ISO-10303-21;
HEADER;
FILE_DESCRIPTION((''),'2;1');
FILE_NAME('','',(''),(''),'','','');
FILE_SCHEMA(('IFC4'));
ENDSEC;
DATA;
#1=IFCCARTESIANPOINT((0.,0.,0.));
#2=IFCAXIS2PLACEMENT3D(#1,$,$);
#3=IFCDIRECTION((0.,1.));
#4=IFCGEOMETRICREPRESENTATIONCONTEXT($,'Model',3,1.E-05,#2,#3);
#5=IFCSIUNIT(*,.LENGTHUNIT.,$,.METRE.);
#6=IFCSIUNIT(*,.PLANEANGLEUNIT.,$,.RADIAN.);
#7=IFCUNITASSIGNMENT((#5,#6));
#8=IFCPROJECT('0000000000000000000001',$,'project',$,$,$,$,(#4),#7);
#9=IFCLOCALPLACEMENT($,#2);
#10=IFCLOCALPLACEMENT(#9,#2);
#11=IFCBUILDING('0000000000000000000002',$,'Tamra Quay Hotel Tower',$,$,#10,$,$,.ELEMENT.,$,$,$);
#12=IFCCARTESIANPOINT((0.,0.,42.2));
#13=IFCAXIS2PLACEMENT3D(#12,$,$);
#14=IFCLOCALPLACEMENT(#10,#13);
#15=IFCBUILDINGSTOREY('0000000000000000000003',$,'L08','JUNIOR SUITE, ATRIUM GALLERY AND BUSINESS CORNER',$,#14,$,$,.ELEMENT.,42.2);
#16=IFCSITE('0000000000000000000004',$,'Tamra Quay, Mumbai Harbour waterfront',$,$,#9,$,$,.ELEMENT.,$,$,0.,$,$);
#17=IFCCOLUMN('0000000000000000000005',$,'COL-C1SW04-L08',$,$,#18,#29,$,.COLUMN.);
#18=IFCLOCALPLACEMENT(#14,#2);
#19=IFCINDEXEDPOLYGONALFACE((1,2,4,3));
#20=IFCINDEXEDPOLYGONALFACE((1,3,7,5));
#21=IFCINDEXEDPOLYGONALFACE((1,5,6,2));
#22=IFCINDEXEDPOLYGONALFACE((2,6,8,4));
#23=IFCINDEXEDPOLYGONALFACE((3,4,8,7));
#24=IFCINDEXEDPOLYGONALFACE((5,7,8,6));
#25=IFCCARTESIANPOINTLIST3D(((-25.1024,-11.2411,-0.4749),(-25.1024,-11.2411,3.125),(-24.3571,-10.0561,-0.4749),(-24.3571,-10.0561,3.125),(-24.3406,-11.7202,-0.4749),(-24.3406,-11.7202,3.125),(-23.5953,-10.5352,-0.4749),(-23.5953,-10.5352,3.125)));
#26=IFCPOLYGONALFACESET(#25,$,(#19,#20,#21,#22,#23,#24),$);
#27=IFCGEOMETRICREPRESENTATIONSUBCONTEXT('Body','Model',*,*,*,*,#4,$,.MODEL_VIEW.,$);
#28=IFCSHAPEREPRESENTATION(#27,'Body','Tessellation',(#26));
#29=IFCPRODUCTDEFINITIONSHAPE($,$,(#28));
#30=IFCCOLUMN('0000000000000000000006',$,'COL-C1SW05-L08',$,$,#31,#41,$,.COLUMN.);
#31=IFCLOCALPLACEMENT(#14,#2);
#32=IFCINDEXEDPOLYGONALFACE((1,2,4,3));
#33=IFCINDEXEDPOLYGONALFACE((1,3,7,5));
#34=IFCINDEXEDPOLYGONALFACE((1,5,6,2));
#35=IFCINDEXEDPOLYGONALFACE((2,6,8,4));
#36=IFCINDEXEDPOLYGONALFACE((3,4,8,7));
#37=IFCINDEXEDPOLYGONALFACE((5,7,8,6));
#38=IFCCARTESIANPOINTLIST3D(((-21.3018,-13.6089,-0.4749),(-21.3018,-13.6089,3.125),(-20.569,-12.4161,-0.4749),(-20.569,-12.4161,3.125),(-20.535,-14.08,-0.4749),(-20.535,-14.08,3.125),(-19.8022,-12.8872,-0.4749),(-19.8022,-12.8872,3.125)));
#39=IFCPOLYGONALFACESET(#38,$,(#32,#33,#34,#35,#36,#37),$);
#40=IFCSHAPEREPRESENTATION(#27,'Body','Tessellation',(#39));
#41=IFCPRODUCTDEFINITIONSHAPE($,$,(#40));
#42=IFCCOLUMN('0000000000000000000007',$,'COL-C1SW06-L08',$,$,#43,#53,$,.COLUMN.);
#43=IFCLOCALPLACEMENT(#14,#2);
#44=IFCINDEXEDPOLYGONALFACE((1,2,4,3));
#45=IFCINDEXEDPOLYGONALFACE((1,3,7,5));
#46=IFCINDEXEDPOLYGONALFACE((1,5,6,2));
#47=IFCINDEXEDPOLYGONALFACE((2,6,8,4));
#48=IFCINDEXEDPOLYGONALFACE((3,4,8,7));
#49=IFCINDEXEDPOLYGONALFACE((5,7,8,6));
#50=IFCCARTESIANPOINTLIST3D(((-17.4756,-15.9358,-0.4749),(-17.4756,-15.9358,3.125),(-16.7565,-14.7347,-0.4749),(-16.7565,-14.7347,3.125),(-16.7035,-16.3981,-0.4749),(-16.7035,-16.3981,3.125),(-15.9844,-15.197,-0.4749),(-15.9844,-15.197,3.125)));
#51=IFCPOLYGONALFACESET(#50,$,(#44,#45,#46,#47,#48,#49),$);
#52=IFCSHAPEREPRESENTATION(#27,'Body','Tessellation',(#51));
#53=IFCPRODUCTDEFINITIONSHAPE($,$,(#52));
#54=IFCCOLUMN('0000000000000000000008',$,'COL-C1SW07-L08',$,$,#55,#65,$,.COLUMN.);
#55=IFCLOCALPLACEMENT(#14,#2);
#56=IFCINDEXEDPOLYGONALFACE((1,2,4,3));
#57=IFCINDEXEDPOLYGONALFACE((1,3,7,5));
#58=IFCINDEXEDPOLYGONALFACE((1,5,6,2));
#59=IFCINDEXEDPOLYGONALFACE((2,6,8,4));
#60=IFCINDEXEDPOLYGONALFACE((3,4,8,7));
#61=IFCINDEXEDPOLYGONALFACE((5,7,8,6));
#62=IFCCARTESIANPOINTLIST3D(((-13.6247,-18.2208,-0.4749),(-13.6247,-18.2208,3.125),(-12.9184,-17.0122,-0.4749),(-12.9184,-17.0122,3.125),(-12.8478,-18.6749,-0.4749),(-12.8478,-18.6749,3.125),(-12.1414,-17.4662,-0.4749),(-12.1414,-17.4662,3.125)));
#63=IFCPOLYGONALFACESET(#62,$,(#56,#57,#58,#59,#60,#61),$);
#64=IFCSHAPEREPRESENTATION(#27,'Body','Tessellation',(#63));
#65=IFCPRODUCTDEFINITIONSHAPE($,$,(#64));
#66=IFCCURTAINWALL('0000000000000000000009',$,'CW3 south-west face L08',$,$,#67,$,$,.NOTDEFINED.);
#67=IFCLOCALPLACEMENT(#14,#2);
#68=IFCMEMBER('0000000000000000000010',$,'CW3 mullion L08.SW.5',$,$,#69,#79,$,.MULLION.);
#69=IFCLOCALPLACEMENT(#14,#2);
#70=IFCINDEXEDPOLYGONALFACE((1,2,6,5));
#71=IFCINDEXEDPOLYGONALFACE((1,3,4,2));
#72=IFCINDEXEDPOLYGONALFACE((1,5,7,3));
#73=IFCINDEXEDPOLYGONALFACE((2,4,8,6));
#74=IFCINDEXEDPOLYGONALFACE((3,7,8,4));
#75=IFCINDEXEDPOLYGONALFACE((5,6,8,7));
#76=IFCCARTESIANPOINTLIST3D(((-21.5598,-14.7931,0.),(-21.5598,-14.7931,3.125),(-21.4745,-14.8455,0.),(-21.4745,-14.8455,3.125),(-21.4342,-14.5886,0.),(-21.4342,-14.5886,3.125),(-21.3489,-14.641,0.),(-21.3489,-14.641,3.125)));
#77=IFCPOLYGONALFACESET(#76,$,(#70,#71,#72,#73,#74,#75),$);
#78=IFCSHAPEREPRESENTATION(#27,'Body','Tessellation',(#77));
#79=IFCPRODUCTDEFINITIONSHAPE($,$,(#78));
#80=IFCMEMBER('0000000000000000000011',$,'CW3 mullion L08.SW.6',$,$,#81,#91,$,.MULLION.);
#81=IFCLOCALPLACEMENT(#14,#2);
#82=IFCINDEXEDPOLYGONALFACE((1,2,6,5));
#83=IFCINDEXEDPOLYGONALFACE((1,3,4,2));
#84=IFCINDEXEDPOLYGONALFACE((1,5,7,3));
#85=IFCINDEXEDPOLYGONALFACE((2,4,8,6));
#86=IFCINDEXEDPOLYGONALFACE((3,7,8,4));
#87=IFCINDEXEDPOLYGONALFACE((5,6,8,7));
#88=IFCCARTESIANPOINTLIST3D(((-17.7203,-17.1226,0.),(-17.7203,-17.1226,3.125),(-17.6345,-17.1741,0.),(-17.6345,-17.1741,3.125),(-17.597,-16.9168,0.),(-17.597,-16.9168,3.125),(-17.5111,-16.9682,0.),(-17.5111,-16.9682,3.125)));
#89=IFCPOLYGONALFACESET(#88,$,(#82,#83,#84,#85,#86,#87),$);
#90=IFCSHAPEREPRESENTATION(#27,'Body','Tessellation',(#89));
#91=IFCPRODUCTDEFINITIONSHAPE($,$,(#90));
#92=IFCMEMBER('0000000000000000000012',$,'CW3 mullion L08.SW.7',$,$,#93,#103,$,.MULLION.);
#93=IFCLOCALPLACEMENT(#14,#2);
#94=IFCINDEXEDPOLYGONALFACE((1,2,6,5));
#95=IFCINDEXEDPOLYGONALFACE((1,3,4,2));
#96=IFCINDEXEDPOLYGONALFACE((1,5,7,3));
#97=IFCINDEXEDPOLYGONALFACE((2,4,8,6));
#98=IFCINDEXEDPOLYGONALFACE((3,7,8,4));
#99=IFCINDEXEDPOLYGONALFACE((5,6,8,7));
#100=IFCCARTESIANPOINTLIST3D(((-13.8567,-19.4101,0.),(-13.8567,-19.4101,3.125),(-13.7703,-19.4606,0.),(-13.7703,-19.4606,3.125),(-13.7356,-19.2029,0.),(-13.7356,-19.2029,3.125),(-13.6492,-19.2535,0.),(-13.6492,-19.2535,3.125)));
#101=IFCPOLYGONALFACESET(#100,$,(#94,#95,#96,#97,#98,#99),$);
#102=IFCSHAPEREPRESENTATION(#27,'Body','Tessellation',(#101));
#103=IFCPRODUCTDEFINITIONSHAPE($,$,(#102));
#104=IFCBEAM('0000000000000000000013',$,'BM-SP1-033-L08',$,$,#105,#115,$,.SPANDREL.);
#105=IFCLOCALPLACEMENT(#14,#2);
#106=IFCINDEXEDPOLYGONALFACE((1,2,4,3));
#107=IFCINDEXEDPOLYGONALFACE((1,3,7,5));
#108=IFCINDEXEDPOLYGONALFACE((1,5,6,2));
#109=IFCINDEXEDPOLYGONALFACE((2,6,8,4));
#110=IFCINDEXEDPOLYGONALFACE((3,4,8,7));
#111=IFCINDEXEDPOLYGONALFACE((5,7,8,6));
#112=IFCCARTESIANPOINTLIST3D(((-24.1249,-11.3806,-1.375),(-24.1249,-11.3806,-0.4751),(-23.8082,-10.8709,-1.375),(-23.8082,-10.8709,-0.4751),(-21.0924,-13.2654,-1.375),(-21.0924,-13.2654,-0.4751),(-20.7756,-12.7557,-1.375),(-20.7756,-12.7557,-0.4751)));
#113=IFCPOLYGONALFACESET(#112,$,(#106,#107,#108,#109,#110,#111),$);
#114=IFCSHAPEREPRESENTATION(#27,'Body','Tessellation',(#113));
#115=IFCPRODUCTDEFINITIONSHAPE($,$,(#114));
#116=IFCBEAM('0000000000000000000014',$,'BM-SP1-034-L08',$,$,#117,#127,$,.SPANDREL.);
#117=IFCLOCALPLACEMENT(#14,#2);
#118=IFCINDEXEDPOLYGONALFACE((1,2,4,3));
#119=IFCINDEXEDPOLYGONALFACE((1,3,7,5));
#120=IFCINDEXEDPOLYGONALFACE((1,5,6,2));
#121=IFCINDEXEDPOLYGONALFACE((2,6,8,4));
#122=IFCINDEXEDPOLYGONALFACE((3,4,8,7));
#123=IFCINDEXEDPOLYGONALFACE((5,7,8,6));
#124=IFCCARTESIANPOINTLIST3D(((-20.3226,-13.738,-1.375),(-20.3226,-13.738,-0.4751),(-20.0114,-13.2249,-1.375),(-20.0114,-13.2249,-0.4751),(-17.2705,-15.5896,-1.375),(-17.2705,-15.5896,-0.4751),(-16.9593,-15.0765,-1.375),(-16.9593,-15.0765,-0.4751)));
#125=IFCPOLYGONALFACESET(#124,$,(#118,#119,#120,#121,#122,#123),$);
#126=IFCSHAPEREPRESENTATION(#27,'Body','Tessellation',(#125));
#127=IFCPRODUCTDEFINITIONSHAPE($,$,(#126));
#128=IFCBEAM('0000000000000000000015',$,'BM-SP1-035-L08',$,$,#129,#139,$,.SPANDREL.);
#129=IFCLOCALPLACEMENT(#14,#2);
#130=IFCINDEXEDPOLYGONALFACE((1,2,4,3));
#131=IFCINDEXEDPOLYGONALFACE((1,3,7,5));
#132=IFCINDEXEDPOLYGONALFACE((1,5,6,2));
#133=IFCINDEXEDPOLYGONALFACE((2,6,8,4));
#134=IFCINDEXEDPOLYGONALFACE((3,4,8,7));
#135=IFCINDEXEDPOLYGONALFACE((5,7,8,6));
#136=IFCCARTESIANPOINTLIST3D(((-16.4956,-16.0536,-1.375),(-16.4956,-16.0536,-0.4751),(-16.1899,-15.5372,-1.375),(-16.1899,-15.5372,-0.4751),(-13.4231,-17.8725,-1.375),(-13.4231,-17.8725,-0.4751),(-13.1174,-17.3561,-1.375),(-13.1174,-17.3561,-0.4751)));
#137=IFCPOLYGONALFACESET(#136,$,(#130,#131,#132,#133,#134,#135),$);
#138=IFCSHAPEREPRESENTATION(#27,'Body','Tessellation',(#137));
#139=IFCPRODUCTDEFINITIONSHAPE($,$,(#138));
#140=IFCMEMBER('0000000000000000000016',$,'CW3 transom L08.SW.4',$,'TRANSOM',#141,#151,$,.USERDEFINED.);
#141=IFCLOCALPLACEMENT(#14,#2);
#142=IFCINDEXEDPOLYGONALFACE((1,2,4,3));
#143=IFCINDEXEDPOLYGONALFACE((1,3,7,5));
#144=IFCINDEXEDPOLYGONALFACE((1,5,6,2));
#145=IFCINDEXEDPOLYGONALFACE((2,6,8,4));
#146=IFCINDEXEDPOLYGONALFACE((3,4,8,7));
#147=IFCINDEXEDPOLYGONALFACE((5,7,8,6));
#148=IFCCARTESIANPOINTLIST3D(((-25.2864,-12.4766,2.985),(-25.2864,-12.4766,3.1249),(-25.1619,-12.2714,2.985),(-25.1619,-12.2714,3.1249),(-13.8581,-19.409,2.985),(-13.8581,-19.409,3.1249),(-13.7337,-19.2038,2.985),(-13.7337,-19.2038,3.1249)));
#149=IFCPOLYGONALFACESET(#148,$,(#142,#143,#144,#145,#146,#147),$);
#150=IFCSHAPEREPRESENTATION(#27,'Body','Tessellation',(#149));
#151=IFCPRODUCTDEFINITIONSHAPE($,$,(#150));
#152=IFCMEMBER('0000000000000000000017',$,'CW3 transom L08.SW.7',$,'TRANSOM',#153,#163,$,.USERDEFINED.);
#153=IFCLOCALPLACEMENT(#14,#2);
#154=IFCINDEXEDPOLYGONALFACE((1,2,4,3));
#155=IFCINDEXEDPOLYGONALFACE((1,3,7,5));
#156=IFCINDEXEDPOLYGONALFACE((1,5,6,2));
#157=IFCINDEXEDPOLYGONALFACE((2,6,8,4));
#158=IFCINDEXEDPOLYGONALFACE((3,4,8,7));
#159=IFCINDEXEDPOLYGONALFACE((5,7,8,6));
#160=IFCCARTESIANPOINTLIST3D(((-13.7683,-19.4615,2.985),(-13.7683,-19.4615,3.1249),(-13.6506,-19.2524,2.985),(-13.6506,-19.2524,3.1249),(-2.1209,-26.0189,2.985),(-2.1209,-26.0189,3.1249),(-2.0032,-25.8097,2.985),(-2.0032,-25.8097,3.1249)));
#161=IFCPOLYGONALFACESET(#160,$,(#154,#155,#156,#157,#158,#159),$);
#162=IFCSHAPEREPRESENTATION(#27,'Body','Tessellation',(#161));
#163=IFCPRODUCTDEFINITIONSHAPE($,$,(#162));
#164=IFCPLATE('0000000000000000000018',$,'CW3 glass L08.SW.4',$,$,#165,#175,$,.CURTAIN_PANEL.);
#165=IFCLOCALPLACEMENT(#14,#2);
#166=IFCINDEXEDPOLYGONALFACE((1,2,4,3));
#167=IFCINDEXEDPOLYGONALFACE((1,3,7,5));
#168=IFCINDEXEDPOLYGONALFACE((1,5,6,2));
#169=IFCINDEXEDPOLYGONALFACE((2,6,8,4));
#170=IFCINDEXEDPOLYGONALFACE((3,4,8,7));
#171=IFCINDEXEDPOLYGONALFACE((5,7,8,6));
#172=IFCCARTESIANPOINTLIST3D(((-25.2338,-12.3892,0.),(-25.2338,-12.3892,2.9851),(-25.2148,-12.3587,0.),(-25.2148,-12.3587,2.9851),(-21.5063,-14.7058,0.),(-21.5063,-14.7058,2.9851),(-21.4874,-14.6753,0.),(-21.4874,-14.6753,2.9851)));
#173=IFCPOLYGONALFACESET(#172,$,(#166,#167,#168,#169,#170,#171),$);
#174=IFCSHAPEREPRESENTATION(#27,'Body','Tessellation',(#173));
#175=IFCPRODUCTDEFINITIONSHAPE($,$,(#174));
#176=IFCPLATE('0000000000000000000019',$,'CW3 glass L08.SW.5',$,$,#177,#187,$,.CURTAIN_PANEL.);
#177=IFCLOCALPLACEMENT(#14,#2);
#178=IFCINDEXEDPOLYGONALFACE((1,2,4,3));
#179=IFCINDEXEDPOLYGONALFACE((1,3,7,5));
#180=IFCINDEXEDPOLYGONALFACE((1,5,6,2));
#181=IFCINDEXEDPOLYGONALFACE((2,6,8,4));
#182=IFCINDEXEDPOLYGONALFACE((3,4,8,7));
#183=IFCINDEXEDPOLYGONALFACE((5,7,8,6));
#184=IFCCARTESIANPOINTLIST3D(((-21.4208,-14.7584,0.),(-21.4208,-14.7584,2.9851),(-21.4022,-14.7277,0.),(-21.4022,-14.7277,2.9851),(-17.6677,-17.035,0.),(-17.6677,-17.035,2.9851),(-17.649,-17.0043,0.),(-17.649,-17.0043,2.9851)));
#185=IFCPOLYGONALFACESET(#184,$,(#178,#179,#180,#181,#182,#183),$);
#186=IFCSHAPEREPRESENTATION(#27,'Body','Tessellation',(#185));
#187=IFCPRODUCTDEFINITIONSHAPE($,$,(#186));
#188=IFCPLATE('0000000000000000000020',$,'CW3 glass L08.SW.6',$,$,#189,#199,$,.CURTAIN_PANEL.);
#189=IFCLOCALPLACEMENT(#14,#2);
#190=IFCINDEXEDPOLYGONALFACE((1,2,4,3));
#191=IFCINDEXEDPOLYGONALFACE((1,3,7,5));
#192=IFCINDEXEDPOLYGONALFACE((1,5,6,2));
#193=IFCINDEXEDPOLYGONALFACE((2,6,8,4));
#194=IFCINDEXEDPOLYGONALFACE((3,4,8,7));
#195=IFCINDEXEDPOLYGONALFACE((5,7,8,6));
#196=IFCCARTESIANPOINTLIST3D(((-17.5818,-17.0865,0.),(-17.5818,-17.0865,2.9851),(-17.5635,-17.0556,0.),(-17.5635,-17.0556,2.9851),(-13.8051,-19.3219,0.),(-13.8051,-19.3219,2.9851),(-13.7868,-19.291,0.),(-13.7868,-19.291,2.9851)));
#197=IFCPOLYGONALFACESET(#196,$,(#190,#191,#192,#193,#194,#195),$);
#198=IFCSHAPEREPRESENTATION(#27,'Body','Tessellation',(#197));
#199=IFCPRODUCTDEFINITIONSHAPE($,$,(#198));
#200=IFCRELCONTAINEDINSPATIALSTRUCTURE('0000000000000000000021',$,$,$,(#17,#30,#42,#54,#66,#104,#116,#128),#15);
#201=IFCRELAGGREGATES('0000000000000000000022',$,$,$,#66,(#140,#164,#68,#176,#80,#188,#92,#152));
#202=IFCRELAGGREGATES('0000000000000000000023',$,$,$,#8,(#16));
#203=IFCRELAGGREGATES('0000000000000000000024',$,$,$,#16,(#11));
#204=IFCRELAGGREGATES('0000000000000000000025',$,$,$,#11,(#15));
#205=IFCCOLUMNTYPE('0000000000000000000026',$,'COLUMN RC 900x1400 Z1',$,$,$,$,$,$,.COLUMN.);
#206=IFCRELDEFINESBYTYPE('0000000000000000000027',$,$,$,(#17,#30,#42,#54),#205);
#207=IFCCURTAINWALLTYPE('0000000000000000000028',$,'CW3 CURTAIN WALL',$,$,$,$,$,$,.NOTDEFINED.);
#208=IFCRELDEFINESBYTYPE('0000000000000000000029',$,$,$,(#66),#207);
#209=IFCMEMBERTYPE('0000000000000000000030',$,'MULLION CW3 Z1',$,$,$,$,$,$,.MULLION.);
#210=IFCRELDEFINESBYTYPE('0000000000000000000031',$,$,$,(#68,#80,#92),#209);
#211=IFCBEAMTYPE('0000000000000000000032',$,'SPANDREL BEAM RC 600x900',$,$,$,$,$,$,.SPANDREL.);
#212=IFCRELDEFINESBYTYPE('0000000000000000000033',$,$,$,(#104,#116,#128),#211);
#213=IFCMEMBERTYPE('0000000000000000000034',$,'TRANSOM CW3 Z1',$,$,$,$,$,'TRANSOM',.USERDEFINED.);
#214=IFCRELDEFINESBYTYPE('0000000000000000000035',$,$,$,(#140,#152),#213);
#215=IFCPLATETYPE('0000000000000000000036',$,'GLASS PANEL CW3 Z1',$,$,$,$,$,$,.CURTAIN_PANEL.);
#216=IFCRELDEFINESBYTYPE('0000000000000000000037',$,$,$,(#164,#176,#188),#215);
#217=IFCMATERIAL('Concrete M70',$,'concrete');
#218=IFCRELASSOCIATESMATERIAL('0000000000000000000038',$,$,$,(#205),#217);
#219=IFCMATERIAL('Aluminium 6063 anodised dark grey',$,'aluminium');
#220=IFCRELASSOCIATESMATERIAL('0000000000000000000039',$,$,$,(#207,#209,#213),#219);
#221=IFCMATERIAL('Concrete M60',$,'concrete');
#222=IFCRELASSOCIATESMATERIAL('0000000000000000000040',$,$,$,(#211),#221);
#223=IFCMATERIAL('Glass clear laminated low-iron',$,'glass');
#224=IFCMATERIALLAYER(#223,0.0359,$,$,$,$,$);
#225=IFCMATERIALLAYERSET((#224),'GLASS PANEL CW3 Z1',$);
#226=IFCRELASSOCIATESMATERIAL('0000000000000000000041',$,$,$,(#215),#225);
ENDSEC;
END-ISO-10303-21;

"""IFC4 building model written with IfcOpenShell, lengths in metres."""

from ifc_helpers import new_model, si_unit, direction, frame, origin, origin_2d, place, context, subcontext, project, spatial, rectangle, extrude, material, layer, layer_set, material_profile, profile_set, type_object, element, aggregate, save


model = new_model("IFC4")

# Units and contexts
model_context = context("Model", 3, precision=1e-05, world=origin(), true_north=direction((0.0, 1.0)))
body_context = subcontext(model_context, "Body", "Model", "MODEL_VIEW")
ifc_project = project(units=[si_unit("LENGTHUNIT", "METRE"), si_unit("PLANEANGLEUNIT", "RADIAN")], contexts=[model_context])

# Site, building, storey
site_placement = place(None, origin())
site = spatial("IfcSite", under=ifc_project, at=site_placement, Name="Tamra Quay, Mumbai Harbour waterfront", CompositionType="ELEMENT", RefElevation=0.0)
building_placement = place(site_placement, origin())
building = spatial("IfcBuilding", under=site, at=building_placement, Name="Tamra Quay Hotel Tower", CompositionType="ELEMENT")
storey_placement = place(building_placement, frame((0.0, 0.0, 42.2)))
storey = spatial("IfcBuildingStorey", under=building, at=storey_placement, Name="L08", Description="JUNIOR SUITE, ATRIUM GALLERY AND BUSINESS CORNER", CompositionType="ELEMENT", Elevation=42.2)

# Columns
ifc_material_1 = material(Name="Concrete M70", Category="concrete")
ifc_material_profile_1 = material_profile(ifc_material_1, rectangle(XDim=1.3999, YDim=0.8999, at=origin_2d()), Name="COLUMN RC 900x1400 Z1")
ifc_profile_set_1 = profile_set([ifc_material_profile_1], Name="Concrete M70")
column_type = type_object("IfcColumnType", Name="COLUMN RC 900x1400 Z1", PredefinedType="COLUMN", material=ifc_profile_set_1)
for number, where, z_axis, x_axis, name in (
    (1, (-24.3489, -10.8882, -0.4749), (0.0, 0.0, 1.0), (0.532389, 0.8465, 0.0), "COL-C1SW04-L08"),
    (2, (-20.552, -13.248, -0.4749), (0.0, 0.0, 1.0), (0.52343, 0.852069, 0.0), "COL-C1SW05-L08"),
    (3, (-16.73, -15.5664, -0.4749), (0.0, 0.0, 1.0), (0.513654, 0.857998, 0.0), "COL-C1SW06-L08"),
    (4, (-12.8831, -17.8435, -0.4749), (0.0, 0.0, 1.0), (0.504565, 0.863374, 0.0), "COL-C1SW07-L08"),
):
    element("IfcColumn", number, at=place(storey_placement, frame(where, z_axis=z_axis, x_axis=x_axis)), inside=storey, type_object=column_type, Name=name, PredefinedType="COLUMN", context=body_context, shape_type="SweptSolid", body=[
        extrude(rectangle(XDim=1.3999, YDim=0.8999, at=origin_2d()), origin(), (0.0, 0.0, 1.0), 3.5999),
    ])

# Curtain wall, members
ifc_material_2 = material(Name="Aluminium 6063 anodised dark grey", Category="aluminium")
curtain_wall_type = type_object("IfcCurtainWallType", Name="CW3 CURTAIN WALL", PredefinedType="NOTDEFINED", material=ifc_material_2)
curtain_wall_placement = place(storey_placement, origin())
curtain_wall = element("IfcCurtainWall", 5, at=curtain_wall_placement, inside=storey, type_object=curtain_wall_type, Name="CW3 south-west face L08", PredefinedType="NOTDEFINED")
ifc_material_profile_2 = material_profile(ifc_material_2, rectangle(XDim=0.24, YDim=0.1001, at=origin_2d()), Name="MULLION 100X240")
ifc_profile_set_2 = profile_set([ifc_material_profile_2], Name="Aluminium 6063 anodised dark grey")
member_type_1 = type_object("IfcMemberType", Name="MULLION CW3 Z1", PredefinedType="MULLION", material=ifc_profile_set_2)
member_1_placement = place(storey_placement, frame((-21.4543, -14.717, 0.0), z_axis=(0.0, 0.0, 1.0), x_axis=(-0.523257, -0.852175, 0.0)))
member_1 = element("IfcMember", 6, at=member_1_placement, type_object=member_type_1, Name="CW3 mullion L08.SW.5", PredefinedType="MULLION", context=body_context, shape_type="SweptSolid", body=[
    extrude(rectangle(XDim=0.24, YDim=0.1001, at=origin_2d()), origin(), (0.0, 0.0, 1.0), 3.125),
])
member_2_placement = place(storey_placement, frame((-17.6157, -17.0454, 0.0), z_axis=(0.0, 0.0, 1.0), x_axis=(-0.514005, -0.857787, 0.0)))
member_2 = element("IfcMember", 7, at=member_2_placement, type_object=member_type_1, Name="CW3 mullion L08.SW.6", PredefinedType="MULLION", context=body_context, shape_type="SweptSolid", body=[
    extrude(rectangle(XDim=0.24, YDim=0.1001, at=origin_2d()), origin(), (0.0, 0.0, 1.0), 3.125),
])
member_3_placement = place(storey_placement, frame((-13.7529, -19.3318, 0.0), z_axis=(0.0, 0.0, 1.0), x_axis=(-0.504685, -0.863304, 0.0)))
member_3 = element("IfcMember", 8, at=member_3_placement, type_object=member_type_1, Name="CW3 mullion L08.SW.7", PredefinedType="MULLION", context=body_context, shape_type="SweptSolid", body=[
    extrude(rectangle(XDim=0.24, YDim=0.1001, at=origin_2d()), origin(), (0.0, 0.0, 1.0), 3.125),
])

# Beams
ifc_material_3 = material(Name="Concrete M60", Category="concrete")
ifc_material_profile_3 = material_profile(ifc_material_3, rectangle(XDim=0.6001, YDim=0.8999, at=origin_2d()), Name="SPANDREL BEAM RC 600x900")
ifc_profile_set_3 = profile_set([ifc_material_profile_3], Name="Concrete M60")
beam_type = type_object("IfcBeamType", Name="SPANDREL BEAM RC 600x900", PredefinedType="SPANDREL", material=ifc_profile_set_3)
beam_1_placement = place(storey_placement, frame((-23.9666, -11.1257, -0.925), z_axis=(0.849321, -0.527877, 0.0), x_axis=(0.527877, 0.849321, 0.0)))
element("IfcBeam", 9, at=beam_1_placement, inside=storey, type_object=beam_type, Name="BM-SP1-033-L08", PredefinedType="SPANDREL", context=body_context, shape_type="SweptSolid", body=[
    extrude(rectangle(XDim=0.6001, YDim=0.8999, at=origin_2d()), origin(), (0.0, 0.0, 1.0), 3.5706),
])
beam_2_placement = place(storey_placement, frame((-20.167, -13.4814, -0.925), z_axis=(0.854966, -0.518684, 0.0), x_axis=(0.518684, 0.854966, 0.0)))
element("IfcBeam", 10, at=beam_2_placement, inside=storey, type_object=beam_type, Name="BM-SP1-034-L08", PredefinedType="SPANDREL", context=body_context, shape_type="SweptSolid", body=[
    extrude(rectangle(XDim=0.6001, YDim=0.8999, at=origin_2d()), origin(), (0.0, 0.0, 1.0), 3.5698),
])
beam_3_placement = place(storey_placement, frame((-16.3428, -15.7954, -0.925), z_axis=(0.860525, -0.509409, 0.0), x_axis=(0.509409, 0.860525, 0.0)))
element("IfcBeam", 11, at=beam_3_placement, inside=storey, type_object=beam_type, Name="BM-SP1-035-L08", PredefinedType="SPANDREL", context=body_context, shape_type="SweptSolid", body=[
    extrude(rectangle(XDim=0.6001, YDim=0.8999, at=origin_2d()), origin(), (0.0, 0.0, 1.0), 3.5706),
])

# Members
ifc_material_profile_4 = material_profile(ifc_material_2, rectangle(XDim=0.24, YDim=0.1399, at=origin_2d()), Name="TRANSOM 240X140")
ifc_profile_set_4 = profile_set([ifc_material_profile_4], Name="Aluminium 6063 anodised dark grey")
member_type_2 = type_object("IfcMemberType", Name="TRANSOM CW3 Z1", ElementType="TRANSOM", PredefinedType="USERDEFINED", material=ifc_profile_set_4)
member_4_placement = place(storey_placement, frame((-25.2241, -12.374, 3.0549), z_axis=(0.854993, -0.51864, 0.0), x_axis=(0.51864, 0.854993, 0.0)))
member_4 = element("IfcMember", 12, at=member_4_placement, type_object=member_type_2, Name="CW3 transom L08.SW.4", ObjectType="TRANSOM", PredefinedType="USERDEFINED", context=body_context, shape_type="SweptSolid", body=[
    extrude(rectangle(XDim=0.24, YDim=0.1399, at=origin_2d()), origin(), (0.0, 0.0, 1.0), 13.3665),
])
member_5_placement = place(storey_placement, frame((-13.7095, -19.3569, 3.0549), z_axis=(0.871394, -0.490584, 0.0), x_axis=(0.490584, 0.871394, 0.0)))
member_5 = element("IfcMember", 13, at=member_5_placement, type_object=member_type_2, Name="CW3 transom L08.SW.7", ObjectType="TRANSOM", PredefinedType="USERDEFINED", context=body_context, shape_type="SweptSolid", body=[
    extrude(rectangle(XDim=0.24, YDim=0.1399, at=origin_2d()), origin(), (0.0, 0.0, 1.0), 13.3665),
])

# Plates
ifc_material_4 = material(Name="Glass clear laminated low-iron", Category="glass")
ifc_layer_1 = layer(ifc_material_4, 0.0359)
ifc_layer_set_1 = layer_set([ifc_layer_1], Name="GLASS PANEL CW3 Z1")
plate_type = type_object("IfcPlateType", Name="GLASS PANEL CW3 Z1", PredefinedType="CURTAIN_PANEL", material=ifc_layer_set_1)
plate_1_placement = place(storey_placement, frame((-23.3606, -13.5322, 0.0), z_axis=(0.0, 0.0, 1.0), x_axis=(0.849331, -0.52786, 0.0)))
plate_1 = element("IfcPlate", 14, at=plate_1_placement, type_object=plate_type, Name="CW3 glass L08.SW.4", PredefinedType="CURTAIN_PANEL", context=body_context, shape_type="SweptSolid", body=[
    extrude(rectangle(XDim=4.3887, YDim=0.0359, at=origin_2d()), origin(), (0.0, 0.0, 1.0), 2.9851),
])
plate_2_placement = place(storey_placement, frame((-19.5349, -15.8813, 0.0), z_axis=(0.0, 0.0, 1.0), x_axis=(0.854993, -0.518639, 0.0)))
plate_2 = element("IfcPlate", 15, at=plate_2_placement, type_object=plate_type, Name="CW3 glass L08.SW.5", PredefinedType="CURTAIN_PANEL", context=body_context, shape_type="SweptSolid", body=[
    extrude(rectangle(XDim=4.3896, YDim=0.0359, at=origin_2d()), origin(), (0.0, 0.0, 1.0), 2.9851),
])
plate_3_placement = place(storey_placement, frame((-15.6843, -18.1887, 0.0), z_axis=(0.0, 0.0, 1.0), x_axis=(0.860556, -0.509355, 0.0)))
plate_3 = element("IfcPlate", 16, at=plate_3_placement, type_object=plate_type, Name="CW3 glass L08.SW.6", PredefinedType="CURTAIN_PANEL", context=body_context, shape_type="SweptSolid", body=[
    extrude(rectangle(XDim=4.3887, YDim=0.0359, at=origin_2d()), origin(), (0.0, 0.0, 1.0), 2.9851),
])
aggregate(curtain_wall, [member_4, plate_1, member_1, plate_2, member_2, plate_3, member_3, member_5])

save(model, "model.ifc")
